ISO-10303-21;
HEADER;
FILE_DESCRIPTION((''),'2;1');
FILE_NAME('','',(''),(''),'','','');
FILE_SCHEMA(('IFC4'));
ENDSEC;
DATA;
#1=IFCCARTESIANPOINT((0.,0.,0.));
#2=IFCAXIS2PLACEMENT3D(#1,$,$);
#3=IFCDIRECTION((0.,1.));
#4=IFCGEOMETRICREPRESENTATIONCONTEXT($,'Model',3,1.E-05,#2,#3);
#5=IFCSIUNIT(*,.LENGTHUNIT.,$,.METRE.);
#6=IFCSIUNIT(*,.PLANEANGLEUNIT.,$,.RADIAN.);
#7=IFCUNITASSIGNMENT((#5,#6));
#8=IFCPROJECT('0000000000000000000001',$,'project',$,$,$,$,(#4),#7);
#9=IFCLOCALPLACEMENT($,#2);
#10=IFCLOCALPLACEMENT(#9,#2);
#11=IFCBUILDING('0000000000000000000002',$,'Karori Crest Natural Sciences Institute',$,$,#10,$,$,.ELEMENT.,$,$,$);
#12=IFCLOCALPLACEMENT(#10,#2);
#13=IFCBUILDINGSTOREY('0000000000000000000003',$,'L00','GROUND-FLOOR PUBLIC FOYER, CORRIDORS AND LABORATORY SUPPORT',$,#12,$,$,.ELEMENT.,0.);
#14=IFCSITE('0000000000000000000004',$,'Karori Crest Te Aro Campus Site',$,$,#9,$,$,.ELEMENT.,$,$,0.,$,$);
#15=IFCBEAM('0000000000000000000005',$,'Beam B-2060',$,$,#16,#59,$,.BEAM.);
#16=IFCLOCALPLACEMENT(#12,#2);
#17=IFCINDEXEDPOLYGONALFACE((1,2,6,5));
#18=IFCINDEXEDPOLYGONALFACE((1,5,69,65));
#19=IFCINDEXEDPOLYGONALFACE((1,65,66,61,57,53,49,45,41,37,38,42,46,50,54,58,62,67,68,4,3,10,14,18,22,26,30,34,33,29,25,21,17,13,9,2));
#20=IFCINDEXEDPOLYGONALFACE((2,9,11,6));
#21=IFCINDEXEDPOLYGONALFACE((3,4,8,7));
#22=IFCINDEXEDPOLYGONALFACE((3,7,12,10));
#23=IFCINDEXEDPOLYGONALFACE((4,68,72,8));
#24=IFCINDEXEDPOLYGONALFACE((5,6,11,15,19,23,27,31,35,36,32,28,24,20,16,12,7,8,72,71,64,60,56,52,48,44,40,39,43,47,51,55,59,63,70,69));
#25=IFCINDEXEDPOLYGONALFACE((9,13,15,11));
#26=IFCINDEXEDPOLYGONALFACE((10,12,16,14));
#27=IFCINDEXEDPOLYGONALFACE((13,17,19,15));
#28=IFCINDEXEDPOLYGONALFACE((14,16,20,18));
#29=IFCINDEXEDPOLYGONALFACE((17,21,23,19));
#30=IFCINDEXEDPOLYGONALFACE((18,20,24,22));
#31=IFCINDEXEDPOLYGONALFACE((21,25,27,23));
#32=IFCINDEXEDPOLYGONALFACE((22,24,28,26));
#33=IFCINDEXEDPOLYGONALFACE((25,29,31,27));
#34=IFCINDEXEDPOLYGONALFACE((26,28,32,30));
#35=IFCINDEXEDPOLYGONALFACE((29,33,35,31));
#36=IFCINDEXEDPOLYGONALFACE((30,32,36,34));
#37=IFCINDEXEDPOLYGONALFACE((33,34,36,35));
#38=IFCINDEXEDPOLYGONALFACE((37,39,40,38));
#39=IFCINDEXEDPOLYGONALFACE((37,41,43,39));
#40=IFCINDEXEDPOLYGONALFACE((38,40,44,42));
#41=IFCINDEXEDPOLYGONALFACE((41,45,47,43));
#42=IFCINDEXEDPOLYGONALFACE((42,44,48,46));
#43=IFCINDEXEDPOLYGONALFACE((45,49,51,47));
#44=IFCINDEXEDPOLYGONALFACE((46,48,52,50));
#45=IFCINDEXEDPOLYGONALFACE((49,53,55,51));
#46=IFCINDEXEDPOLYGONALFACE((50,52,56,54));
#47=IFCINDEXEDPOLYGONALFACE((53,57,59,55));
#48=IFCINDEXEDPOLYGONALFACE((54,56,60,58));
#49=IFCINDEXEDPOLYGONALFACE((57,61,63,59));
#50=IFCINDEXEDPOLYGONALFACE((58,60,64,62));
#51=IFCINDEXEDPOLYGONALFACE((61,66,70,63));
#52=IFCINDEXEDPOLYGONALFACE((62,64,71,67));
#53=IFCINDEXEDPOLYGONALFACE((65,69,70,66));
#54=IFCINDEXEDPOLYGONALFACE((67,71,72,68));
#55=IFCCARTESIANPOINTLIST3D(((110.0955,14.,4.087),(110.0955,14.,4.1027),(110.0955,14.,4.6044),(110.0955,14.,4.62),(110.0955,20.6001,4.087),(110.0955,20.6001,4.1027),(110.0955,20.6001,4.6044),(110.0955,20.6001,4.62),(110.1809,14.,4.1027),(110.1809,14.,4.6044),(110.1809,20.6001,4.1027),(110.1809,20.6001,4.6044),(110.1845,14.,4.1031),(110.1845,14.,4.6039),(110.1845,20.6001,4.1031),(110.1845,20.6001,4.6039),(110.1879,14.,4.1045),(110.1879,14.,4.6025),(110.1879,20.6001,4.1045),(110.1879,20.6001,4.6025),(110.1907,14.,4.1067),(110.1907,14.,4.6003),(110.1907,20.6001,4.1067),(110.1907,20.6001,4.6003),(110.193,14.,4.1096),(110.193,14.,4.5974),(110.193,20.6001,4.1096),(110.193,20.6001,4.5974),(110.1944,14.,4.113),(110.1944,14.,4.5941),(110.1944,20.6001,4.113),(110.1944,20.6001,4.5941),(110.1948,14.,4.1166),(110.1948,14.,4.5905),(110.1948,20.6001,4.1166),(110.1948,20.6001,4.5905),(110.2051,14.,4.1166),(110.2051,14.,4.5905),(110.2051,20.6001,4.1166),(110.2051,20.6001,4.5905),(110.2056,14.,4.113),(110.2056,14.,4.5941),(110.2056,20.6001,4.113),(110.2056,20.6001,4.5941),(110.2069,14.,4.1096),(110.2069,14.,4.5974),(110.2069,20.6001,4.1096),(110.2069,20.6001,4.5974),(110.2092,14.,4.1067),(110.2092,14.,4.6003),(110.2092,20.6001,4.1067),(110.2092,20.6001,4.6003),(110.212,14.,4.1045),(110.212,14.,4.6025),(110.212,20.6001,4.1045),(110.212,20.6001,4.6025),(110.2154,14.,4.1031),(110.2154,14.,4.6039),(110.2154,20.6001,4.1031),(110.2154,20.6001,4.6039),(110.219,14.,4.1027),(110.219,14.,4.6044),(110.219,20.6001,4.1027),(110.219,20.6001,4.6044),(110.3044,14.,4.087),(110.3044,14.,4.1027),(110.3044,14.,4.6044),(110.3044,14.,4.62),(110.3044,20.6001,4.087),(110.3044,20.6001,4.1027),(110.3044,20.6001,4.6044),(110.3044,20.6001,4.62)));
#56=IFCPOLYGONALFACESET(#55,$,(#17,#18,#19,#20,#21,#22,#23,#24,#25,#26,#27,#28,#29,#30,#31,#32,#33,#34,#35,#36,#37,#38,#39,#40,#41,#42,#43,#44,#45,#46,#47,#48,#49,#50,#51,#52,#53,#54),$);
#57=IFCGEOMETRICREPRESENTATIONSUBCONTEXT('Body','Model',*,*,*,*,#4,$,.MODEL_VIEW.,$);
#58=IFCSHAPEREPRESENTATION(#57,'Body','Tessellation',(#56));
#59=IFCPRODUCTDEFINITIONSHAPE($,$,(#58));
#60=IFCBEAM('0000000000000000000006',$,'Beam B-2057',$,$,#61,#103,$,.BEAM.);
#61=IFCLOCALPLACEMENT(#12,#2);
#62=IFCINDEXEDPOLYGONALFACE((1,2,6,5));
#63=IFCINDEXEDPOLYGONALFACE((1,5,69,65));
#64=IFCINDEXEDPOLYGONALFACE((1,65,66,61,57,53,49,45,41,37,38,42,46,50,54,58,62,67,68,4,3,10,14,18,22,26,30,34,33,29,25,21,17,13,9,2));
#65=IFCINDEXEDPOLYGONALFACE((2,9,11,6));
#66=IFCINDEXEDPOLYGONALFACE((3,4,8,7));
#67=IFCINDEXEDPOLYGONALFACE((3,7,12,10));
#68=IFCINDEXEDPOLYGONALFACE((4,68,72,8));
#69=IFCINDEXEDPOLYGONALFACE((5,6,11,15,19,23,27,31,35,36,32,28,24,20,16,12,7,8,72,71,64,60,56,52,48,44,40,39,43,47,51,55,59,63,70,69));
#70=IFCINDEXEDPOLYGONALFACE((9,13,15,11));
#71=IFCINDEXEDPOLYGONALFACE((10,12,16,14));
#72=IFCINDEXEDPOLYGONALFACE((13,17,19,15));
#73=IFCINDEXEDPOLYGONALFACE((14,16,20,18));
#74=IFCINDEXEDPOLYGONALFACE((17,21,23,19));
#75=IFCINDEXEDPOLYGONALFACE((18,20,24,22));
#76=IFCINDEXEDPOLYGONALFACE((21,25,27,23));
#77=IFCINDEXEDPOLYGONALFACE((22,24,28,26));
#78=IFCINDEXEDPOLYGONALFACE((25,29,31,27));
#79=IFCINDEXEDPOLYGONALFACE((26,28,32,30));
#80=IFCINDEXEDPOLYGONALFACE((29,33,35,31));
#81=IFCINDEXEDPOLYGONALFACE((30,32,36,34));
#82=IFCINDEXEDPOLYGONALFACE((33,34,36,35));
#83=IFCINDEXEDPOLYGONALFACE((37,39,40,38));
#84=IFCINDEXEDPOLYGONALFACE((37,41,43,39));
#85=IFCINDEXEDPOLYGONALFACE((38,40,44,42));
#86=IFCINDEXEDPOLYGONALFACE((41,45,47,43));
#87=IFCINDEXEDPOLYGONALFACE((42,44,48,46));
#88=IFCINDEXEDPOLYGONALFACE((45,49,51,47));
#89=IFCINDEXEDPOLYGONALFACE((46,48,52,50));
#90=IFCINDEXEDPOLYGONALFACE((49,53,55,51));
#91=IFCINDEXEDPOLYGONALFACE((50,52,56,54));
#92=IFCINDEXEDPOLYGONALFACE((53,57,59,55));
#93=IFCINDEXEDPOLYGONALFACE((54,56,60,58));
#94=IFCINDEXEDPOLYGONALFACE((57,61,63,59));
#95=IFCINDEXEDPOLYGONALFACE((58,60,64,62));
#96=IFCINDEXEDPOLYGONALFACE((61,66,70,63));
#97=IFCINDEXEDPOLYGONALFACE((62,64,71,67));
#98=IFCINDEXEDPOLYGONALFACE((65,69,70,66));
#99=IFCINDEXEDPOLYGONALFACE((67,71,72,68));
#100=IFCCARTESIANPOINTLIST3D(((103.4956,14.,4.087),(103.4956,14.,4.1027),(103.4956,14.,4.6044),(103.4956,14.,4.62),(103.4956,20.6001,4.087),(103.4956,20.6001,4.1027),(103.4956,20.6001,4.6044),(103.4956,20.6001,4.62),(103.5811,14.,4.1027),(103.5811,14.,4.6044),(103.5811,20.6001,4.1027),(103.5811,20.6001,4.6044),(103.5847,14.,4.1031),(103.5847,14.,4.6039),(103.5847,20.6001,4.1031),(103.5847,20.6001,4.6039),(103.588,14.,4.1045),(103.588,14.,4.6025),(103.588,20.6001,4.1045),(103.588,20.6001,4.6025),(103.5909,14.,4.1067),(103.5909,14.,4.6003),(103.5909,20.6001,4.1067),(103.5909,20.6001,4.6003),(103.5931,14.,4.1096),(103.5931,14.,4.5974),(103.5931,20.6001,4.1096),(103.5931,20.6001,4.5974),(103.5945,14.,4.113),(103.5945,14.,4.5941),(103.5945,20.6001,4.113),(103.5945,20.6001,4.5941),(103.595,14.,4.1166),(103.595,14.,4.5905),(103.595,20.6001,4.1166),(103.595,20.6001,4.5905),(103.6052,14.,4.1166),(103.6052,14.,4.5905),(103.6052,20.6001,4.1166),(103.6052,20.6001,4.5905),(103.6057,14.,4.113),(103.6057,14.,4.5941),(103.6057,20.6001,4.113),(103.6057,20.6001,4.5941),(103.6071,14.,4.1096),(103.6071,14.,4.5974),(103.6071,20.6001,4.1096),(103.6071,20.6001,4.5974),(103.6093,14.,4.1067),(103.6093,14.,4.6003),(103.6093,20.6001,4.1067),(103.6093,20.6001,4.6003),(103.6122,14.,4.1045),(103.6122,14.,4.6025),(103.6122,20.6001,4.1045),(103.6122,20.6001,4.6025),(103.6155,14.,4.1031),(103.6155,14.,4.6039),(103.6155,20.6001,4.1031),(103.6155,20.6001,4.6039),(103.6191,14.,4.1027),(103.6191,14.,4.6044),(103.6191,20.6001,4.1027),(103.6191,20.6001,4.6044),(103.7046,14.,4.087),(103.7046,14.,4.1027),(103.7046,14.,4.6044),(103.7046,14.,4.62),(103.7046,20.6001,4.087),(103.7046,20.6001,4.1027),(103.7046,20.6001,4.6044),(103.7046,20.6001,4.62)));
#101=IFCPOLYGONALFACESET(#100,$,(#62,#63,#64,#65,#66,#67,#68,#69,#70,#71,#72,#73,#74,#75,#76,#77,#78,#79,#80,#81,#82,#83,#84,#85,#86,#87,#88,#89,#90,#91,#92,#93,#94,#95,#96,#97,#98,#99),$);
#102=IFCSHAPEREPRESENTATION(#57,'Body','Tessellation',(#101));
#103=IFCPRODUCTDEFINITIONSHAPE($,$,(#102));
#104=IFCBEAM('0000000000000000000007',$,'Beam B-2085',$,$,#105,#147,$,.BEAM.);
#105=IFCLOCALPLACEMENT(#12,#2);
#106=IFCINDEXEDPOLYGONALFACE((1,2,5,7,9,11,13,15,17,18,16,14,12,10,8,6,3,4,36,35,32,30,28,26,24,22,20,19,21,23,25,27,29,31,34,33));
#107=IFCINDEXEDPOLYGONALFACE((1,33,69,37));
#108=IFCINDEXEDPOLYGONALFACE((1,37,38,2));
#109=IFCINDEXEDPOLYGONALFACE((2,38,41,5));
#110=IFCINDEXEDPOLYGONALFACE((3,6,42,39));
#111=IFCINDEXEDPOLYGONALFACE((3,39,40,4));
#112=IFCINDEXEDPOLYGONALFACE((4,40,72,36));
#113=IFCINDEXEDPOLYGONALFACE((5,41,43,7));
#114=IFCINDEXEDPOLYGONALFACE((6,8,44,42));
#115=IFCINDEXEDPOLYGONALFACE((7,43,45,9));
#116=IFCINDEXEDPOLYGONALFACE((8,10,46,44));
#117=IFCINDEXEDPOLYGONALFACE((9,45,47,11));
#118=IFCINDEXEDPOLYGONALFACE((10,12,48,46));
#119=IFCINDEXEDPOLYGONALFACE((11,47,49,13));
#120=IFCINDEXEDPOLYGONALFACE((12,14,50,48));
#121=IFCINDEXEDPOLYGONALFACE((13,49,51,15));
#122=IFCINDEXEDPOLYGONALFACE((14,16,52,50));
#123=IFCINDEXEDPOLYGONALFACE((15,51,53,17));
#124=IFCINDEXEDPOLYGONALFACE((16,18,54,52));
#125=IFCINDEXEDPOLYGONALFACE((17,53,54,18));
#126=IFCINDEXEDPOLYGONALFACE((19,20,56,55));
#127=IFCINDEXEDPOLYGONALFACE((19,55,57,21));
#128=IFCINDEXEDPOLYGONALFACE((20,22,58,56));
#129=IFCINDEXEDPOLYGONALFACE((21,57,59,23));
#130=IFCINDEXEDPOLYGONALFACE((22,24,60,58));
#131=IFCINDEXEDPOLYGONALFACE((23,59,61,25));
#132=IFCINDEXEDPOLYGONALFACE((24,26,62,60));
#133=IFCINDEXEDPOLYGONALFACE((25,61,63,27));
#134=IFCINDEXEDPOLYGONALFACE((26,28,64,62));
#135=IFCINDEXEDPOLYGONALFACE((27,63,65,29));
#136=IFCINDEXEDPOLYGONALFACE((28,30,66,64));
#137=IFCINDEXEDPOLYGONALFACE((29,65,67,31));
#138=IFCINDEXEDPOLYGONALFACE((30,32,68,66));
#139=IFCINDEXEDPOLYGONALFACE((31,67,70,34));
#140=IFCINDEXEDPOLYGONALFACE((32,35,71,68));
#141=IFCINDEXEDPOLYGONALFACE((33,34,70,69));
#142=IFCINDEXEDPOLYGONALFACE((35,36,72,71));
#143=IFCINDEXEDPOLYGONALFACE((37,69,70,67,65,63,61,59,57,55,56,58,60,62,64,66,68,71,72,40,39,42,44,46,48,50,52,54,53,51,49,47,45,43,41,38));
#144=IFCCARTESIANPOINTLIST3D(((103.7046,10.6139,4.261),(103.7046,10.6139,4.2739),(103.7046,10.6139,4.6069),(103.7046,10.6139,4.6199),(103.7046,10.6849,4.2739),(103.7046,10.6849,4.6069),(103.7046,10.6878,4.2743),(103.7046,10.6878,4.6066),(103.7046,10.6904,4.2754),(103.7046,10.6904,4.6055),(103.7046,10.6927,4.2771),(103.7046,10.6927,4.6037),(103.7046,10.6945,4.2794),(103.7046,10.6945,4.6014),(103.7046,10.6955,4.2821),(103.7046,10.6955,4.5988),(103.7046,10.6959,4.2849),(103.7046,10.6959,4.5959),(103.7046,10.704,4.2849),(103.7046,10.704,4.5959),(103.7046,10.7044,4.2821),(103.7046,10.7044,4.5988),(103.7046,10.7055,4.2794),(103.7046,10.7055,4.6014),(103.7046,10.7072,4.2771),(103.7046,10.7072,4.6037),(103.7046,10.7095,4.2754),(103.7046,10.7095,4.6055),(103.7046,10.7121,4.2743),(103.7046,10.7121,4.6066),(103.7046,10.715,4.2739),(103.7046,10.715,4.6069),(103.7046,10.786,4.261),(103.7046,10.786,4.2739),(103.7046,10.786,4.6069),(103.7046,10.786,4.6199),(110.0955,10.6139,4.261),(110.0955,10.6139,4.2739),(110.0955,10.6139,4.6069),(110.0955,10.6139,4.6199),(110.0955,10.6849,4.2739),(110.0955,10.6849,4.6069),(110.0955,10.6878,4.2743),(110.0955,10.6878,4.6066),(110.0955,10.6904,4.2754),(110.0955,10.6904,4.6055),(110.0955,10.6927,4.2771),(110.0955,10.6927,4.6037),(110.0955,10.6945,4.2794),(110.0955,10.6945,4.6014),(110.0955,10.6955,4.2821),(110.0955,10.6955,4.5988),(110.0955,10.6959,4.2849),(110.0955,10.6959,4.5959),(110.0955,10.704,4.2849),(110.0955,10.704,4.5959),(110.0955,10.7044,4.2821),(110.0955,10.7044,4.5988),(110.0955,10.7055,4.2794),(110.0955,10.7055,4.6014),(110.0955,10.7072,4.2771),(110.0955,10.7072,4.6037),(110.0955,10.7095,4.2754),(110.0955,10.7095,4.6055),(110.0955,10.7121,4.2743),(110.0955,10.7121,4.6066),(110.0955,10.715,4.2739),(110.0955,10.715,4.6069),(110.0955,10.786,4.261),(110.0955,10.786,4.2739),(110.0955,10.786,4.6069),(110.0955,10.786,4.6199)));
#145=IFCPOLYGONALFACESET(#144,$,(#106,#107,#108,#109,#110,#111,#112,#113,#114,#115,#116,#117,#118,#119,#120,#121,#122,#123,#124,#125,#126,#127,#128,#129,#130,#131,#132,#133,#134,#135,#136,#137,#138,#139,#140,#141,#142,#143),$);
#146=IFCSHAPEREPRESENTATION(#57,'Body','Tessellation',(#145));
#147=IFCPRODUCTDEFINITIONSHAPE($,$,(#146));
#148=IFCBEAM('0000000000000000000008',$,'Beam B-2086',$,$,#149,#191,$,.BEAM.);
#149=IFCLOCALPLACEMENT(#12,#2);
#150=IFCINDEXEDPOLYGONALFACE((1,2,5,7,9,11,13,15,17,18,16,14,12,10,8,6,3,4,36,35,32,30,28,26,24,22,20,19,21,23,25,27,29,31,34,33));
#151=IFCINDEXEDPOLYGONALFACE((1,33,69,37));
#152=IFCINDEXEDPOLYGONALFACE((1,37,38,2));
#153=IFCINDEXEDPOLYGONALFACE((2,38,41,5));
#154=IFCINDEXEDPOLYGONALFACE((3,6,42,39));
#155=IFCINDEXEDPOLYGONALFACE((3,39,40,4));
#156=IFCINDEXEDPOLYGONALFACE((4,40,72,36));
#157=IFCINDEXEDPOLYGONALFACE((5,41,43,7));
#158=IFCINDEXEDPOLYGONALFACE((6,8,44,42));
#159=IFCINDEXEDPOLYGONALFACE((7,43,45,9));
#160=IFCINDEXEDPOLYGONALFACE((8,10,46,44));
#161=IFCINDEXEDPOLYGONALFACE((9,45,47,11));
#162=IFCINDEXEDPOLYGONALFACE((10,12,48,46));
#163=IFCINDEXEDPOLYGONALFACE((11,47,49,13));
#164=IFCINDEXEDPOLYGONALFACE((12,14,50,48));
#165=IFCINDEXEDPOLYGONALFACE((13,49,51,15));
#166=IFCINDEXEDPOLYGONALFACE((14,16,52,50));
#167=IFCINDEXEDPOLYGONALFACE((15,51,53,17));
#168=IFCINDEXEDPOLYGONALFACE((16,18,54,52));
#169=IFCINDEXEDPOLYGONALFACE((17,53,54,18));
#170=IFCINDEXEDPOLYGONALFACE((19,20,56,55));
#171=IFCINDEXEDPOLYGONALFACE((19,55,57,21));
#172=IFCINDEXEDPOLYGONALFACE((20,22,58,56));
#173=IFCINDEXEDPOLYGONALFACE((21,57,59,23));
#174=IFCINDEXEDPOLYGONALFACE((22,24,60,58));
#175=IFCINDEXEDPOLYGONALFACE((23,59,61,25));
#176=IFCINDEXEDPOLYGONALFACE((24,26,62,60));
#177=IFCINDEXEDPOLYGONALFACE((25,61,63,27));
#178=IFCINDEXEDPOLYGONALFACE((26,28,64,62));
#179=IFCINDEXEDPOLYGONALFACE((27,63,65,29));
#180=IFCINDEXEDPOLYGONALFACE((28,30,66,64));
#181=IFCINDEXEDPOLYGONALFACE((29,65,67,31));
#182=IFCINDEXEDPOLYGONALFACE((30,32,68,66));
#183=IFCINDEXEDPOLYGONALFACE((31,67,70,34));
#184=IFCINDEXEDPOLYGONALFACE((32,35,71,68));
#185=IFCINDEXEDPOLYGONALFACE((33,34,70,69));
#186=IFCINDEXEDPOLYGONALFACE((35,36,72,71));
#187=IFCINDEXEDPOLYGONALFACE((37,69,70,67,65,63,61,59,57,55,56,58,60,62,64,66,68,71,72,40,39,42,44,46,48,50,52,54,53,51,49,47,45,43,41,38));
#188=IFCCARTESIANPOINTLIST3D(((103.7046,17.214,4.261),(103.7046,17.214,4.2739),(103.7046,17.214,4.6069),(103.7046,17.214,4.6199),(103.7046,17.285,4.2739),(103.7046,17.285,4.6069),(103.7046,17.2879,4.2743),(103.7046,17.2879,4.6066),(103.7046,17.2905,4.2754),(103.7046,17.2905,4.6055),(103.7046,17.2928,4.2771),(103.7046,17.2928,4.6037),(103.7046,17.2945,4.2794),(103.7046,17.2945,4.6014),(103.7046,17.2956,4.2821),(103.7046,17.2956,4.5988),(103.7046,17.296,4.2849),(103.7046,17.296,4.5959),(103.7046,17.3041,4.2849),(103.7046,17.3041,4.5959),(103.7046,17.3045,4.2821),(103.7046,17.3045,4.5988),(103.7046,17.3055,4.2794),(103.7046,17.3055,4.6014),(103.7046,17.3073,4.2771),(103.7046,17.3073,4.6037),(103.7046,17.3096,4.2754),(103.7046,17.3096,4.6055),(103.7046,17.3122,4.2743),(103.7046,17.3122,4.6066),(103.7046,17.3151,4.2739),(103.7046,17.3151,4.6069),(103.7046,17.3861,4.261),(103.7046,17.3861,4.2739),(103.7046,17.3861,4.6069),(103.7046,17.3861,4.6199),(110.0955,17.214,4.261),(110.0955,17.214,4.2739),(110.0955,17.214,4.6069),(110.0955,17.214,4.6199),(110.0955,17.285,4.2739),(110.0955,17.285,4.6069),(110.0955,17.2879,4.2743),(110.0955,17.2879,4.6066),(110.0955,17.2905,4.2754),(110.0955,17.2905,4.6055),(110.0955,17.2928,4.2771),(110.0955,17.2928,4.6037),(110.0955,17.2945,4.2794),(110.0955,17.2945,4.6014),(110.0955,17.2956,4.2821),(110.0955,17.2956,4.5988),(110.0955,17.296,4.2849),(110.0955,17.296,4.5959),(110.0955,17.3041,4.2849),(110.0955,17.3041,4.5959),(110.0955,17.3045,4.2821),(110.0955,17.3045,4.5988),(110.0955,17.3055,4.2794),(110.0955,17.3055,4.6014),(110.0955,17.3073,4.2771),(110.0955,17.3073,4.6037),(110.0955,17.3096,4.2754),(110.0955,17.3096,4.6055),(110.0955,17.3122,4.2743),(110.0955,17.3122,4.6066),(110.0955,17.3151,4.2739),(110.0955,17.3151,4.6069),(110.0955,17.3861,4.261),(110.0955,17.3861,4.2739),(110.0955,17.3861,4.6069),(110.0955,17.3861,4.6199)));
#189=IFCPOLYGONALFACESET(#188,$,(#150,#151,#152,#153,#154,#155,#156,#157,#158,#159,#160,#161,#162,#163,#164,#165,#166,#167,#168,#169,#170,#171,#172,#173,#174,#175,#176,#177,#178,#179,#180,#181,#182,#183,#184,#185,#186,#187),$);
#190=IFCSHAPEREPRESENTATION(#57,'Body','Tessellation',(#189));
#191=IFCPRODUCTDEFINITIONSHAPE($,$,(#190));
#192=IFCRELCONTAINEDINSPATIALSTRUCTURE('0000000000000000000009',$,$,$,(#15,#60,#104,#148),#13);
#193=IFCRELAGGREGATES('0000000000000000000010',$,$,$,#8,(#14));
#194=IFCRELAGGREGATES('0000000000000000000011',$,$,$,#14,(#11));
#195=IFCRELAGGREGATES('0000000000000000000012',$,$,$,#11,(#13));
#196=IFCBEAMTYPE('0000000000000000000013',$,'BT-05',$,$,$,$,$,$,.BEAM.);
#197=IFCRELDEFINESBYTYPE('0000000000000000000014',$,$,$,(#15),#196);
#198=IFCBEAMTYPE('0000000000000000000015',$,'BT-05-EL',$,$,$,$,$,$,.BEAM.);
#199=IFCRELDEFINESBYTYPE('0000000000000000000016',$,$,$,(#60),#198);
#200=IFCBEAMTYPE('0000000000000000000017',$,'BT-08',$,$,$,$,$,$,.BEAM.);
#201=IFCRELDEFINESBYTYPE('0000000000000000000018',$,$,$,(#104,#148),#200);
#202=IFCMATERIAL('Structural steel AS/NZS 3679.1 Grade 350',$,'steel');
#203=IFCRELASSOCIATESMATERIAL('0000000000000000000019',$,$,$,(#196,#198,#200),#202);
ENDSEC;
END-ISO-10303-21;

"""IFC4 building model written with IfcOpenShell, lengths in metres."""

from ifc_helpers import new_model, si_unit, direction, frame, origin, origin_2d, place, context, subcontext, project, spatial, i_section, extrude, material, material_profile, profile_set, type_object, element, save


model = new_model("IFC4")

# Units and contexts
model_context = context("Model", 3, precision=1e-05, world=origin(), true_north=direction((0.0, 1.0)))
body_context = subcontext(model_context, "Body", "Model", "MODEL_VIEW")
ifc_project = project(units=[si_unit("LENGTHUNIT", "METRE"), si_unit("PLANEANGLEUNIT", "RADIAN")], contexts=[model_context])

# Site, building, storey
site_placement = place(None, origin())
site = spatial("IfcSite", under=ifc_project, at=site_placement, Name="Karori Crest Te Aro Campus Site", CompositionType="ELEMENT", RefElevation=0.0)
building_placement = place(site_placement, origin())
building = spatial("IfcBuilding", under=site, at=building_placement, Name="Karori Crest Natural Sciences Institute", CompositionType="ELEMENT")
storey_placement = place(building_placement, origin())
storey = spatial("IfcBuildingStorey", under=building, at=storey_placement, Name="L00", Description="GROUND-FLOOR PUBLIC FOYER, CORRIDORS AND LABORATORY SUPPORT", CompositionType="ELEMENT", Elevation=0.0)

# Shared definitions
ifc_material_1 = material(Name="Structural steel AS/NZS 3679.1 Grade 350", Category="steel")

# Beams
ifc_material_profile_1 = material_profile(ifc_material_1, i_section(OverallWidth=0.209, OverallDepth=0.533, WebThickness=0.0103, FlangeThickness=0.0156, FilletRadius=0.0139, at=origin_2d()), Name="530UB92.4")
ifc_profile_set_1 = profile_set([ifc_material_profile_1], Name="Structural steel AS/NZS 3679.1 Grade 350")
beam_type_1 = type_object("IfcBeamType", Name="BT-05", PredefinedType="BEAM", material=ifc_profile_set_1)
beam_1_placement = place(storey_placement, frame((110.2, 14.0, 4.3535), z_axis=(0.0, 1.0, 0.0), x_axis=(-1.0, 0.0, 0.0)))
element("IfcBeam", 1, at=beam_1_placement, inside=storey, type_object=beam_type_1, Name="Beam B-2060", PredefinedType="BEAM", context=body_context, shape_type="SweptSolid", body=[
    extrude(i_section(OverallWidth=0.209, OverallDepth=0.533, WebThickness=0.0103, FlangeThickness=0.0156, FilletRadius=0.0139, at=origin_2d()), origin(), (0.0, 0.0, 1.0), 6.6001),
])
ifc_material_profile_2 = material_profile(ifc_material_1, i_section(OverallWidth=0.209, OverallDepth=0.533, WebThickness=0.0103, FlangeThickness=0.0156, FilletRadius=0.0139, at=origin_2d()), Name="530UB92.4")
ifc_profile_set_2 = profile_set([ifc_material_profile_2], Name="Structural steel AS/NZS 3679.1 Grade 350")
beam_type_2 = type_object("IfcBeamType", Name="BT-05-EL", PredefinedType="BEAM", material=ifc_profile_set_2)
beam_2_placement = place(storey_placement, frame((103.6001, 14.0, 4.3535), z_axis=(0.0, 1.0, 0.0), x_axis=(-1.0, 0.0, 0.0)))
element("IfcBeam", 2, at=beam_2_placement, inside=storey, type_object=beam_type_2, Name="Beam B-2057", PredefinedType="BEAM", context=body_context, shape_type="SweptSolid", body=[
    extrude(i_section(OverallWidth=0.209, OverallDepth=0.533, WebThickness=0.0103, FlangeThickness=0.0156, FilletRadius=0.0139, at=origin_2d()), origin(), (0.0, 0.0, 1.0), 6.6001),
])
ifc_material_profile_3 = material_profile(ifc_material_1, i_section(OverallWidth=0.1721, OverallDepth=0.3589, WebThickness=0.0081, FlangeThickness=0.0129, FilletRadius=0.011, at=origin_2d()), Name="360UB56.7")
ifc_profile_set_3 = profile_set([ifc_material_profile_3], Name="Structural steel AS/NZS 3679.1 Grade 350")
beam_type_3 = type_object("IfcBeamType", Name="BT-08", PredefinedType="BEAM", material=ifc_profile_set_3)
for number, where, z_axis, x_axis, name in (
    (3, (103.7046, 10.7, 4.4404), (1.0, 0.0, 0.0), (0.0, 1.0, 0.0), "Beam B-2085"),
    (4, (103.7046, 17.3, 4.4404), (1.0, 0.0, 0.0), (0.0, 1.0, 0.0), "Beam B-2086"),
):
    element("IfcBeam", number, at=place(storey_placement, frame(where, z_axis=z_axis, x_axis=x_axis)), inside=storey, type_object=beam_type_3, Name=name, PredefinedType="BEAM", context=body_context, shape_type="SweptSolid", body=[
        extrude(i_section(OverallWidth=0.1721, OverallDepth=0.3589, WebThickness=0.0081, FlangeThickness=0.0129, FilletRadius=0.011, at=origin_2d()), origin(), (0.0, 0.0, 1.0), 6.3909),
    ])

save(model, "model.ifc")
